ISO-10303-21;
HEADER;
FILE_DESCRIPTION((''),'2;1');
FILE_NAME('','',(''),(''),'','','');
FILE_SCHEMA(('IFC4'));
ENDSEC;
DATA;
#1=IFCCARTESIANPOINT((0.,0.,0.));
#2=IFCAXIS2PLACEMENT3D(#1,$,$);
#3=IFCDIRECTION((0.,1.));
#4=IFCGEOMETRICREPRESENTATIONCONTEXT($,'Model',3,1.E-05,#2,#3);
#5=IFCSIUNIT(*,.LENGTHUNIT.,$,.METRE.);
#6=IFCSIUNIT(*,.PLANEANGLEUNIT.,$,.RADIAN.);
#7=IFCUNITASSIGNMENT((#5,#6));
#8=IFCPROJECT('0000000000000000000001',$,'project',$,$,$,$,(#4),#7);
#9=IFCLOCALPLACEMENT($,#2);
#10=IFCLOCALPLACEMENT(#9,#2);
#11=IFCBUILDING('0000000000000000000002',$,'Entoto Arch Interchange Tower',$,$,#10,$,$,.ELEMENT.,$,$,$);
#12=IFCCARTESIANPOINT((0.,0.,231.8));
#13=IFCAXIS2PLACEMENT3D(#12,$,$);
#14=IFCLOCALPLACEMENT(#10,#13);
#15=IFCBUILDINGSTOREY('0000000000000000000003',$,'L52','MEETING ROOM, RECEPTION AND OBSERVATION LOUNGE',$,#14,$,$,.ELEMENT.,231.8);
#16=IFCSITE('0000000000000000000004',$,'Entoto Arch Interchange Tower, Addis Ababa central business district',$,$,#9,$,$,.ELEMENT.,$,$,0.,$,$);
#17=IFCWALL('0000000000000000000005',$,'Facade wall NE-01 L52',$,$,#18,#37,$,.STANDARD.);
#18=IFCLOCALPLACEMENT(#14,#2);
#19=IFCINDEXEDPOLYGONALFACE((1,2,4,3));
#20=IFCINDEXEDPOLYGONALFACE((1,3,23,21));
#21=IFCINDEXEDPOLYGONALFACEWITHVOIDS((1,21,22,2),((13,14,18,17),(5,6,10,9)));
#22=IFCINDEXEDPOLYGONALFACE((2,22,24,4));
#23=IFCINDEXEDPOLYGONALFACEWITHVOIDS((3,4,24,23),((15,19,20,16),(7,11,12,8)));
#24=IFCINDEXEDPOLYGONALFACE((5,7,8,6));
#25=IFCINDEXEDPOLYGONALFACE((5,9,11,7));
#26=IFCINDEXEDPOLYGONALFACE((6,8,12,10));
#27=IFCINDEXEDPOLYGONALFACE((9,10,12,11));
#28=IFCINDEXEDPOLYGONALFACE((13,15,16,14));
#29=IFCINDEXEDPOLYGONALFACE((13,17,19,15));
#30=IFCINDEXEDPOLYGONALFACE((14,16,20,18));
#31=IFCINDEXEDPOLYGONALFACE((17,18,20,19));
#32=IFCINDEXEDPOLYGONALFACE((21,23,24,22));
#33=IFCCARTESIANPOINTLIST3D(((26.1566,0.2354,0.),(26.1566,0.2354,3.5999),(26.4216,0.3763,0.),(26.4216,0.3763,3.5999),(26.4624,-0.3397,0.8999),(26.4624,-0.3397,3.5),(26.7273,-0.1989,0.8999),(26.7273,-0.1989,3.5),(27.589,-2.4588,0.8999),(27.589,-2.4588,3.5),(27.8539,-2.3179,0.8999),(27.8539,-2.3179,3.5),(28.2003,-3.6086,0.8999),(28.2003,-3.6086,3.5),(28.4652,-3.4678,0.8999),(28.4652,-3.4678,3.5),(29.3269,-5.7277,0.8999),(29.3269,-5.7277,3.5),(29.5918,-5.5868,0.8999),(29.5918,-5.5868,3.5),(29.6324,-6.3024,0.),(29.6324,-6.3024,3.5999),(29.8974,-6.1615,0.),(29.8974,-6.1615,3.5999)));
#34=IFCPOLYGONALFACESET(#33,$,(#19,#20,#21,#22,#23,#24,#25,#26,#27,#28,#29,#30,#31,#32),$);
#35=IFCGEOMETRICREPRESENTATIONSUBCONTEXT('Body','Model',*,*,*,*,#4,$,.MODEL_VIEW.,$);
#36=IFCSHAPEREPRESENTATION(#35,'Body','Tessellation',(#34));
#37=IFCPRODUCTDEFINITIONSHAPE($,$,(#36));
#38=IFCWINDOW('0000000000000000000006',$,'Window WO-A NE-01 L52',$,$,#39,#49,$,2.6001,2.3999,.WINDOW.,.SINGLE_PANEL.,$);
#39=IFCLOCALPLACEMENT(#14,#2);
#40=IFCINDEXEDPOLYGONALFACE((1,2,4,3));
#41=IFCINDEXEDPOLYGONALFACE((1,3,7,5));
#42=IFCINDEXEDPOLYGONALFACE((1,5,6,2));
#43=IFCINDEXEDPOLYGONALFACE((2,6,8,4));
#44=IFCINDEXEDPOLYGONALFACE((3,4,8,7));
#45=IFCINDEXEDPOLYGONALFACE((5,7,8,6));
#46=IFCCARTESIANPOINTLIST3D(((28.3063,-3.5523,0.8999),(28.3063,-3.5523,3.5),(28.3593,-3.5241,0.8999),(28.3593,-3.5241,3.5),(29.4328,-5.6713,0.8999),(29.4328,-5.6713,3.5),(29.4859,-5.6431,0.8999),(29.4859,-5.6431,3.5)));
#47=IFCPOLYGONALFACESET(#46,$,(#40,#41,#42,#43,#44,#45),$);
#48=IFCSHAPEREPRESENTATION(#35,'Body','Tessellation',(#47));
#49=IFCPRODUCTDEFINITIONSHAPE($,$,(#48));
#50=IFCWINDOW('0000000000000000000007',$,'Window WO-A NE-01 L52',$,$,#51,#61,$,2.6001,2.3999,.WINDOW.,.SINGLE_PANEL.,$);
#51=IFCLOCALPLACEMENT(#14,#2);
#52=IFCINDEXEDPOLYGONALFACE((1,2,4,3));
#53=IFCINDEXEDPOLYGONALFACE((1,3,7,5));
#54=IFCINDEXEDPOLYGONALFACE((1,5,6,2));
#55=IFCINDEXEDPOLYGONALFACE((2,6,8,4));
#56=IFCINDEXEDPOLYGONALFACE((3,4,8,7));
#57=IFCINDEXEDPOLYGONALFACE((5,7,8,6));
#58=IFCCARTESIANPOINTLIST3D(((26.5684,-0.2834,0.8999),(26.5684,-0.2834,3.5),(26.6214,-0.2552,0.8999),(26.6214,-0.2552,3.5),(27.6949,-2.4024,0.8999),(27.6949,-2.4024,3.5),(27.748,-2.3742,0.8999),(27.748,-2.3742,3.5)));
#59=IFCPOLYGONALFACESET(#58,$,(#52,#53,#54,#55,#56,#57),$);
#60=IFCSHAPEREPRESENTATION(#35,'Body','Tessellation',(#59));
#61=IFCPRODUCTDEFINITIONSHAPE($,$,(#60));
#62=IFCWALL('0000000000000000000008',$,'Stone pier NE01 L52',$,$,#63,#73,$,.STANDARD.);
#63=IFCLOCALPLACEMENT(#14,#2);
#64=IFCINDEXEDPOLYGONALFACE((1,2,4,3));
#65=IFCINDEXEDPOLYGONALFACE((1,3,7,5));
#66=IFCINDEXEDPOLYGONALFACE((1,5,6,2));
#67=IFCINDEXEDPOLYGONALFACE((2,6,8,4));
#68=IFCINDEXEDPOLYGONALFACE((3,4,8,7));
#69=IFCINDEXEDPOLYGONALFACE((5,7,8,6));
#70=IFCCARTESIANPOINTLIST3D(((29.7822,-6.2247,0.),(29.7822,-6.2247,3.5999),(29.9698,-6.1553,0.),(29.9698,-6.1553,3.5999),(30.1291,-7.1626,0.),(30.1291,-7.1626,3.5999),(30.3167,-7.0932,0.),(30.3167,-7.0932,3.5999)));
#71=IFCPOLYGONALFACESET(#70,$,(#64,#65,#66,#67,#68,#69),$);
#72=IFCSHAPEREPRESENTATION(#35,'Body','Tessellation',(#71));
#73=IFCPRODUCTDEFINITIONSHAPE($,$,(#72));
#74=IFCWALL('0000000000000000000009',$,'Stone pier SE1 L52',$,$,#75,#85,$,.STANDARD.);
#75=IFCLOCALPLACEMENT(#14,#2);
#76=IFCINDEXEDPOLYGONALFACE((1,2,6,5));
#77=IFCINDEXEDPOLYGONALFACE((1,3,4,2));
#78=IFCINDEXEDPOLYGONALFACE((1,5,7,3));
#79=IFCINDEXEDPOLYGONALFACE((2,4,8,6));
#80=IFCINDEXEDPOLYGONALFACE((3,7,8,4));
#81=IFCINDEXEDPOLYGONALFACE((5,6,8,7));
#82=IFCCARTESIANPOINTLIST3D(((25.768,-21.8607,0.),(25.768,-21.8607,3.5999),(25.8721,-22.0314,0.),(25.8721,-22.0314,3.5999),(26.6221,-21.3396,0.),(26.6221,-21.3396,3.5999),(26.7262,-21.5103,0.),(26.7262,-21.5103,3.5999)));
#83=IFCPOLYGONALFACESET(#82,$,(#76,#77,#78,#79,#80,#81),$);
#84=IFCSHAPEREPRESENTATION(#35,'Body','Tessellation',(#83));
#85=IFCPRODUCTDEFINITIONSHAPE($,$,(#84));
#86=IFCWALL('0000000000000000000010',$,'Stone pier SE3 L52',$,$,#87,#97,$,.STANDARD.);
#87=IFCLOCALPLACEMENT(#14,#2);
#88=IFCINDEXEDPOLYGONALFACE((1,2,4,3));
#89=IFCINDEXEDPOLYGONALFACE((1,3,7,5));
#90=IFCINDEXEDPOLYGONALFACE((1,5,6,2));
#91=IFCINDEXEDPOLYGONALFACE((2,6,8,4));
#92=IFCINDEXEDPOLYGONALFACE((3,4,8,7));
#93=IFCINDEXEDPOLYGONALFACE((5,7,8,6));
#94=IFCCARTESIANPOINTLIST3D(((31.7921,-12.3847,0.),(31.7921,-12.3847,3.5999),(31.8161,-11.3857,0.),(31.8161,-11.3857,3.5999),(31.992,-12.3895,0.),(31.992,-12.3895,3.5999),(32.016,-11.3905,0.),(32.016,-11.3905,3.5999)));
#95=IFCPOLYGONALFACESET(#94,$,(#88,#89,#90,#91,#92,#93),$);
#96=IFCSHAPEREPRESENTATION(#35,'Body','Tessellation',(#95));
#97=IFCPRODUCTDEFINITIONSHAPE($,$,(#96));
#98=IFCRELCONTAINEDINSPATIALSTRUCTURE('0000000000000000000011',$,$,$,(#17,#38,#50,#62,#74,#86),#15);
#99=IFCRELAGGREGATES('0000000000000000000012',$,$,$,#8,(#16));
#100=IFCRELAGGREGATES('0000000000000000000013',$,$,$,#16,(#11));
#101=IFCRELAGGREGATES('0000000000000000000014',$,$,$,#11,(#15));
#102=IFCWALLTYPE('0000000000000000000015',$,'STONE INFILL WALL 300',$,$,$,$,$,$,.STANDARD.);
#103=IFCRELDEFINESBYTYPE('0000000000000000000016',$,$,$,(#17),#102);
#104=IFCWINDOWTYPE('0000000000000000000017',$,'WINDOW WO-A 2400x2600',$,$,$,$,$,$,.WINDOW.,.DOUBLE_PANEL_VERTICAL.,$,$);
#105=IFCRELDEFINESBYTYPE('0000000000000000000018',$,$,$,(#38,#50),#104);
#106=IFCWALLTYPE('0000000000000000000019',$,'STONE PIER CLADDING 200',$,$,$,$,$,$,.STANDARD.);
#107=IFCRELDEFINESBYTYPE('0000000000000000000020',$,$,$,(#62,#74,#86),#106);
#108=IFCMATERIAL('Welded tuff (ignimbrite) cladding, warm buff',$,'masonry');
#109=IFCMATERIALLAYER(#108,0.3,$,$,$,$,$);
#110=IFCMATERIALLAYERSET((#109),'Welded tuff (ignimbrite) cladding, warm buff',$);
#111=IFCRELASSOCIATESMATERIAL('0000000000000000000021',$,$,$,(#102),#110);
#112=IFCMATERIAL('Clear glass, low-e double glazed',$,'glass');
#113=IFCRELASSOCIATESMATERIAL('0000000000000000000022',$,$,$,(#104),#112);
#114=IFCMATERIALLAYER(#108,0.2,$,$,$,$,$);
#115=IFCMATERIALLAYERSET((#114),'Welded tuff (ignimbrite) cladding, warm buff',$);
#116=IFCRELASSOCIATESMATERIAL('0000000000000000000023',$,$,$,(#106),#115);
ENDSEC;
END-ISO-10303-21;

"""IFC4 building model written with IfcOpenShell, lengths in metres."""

from ifc_helpers import new_model, si_unit, direction, frame, frame_2d, origin, place, context, subcontext, project, spatial, rectangle, extrude, material, layer, layer_set, type_object, element, fill, save


model = new_model("IFC4")

# Units and contexts
model_context = context("Model", 3, precision=1e-05, world=origin(), true_north=direction((0.0, 1.0)))
body_context = subcontext(model_context, "Body", "Model", "MODEL_VIEW")
ifc_project = project(units=[si_unit("LENGTHUNIT", "METRE"), si_unit("PLANEANGLEUNIT", "RADIAN")], contexts=[model_context])

# Site, building, storey
site_placement = place(None, origin())
site = spatial("IfcSite", under=ifc_project, at=site_placement, Name="Entoto Arch Interchange Tower, Addis Ababa central business district", CompositionType="ELEMENT", RefElevation=0.0)
building_placement = place(site_placement, origin())
building = spatial("IfcBuilding", under=site, at=building_placement, Name="Entoto Arch Interchange Tower", CompositionType="ELEMENT")
storey_placement = place(building_placement, frame((0.0, 0.0, 231.8)))
storey = spatial("IfcBuildingStorey", under=building, at=storey_placement, Name="L52", Description="MEETING ROOM, RECEPTION AND OBSERVATION LOUNGE", CompositionType="ELEMENT", Elevation=231.8)

# Shared definitions
ifc_material_1 = material(Name="Welded tuff (ignimbrite) cladding, warm buff", Category="masonry")
ifc_layer_1 = layer(ifc_material_1, 0.3)
ifc_layer_set_1 = layer_set([ifc_layer_1], Name="Welded tuff (ignimbrite) cladding, warm buff")
wall_type_1 = type_object("IfcWallType", Name="STONE INFILL WALL 300", PredefinedType="STANDARD", material=ifc_layer_set_1)
ifc_material_2 = material(Name="Clear glass, low-e double glazed", Category="glass")

# Wall, openings, windows
wall_1_placement = place(storey_placement, frame((29.7649, -6.2319, 0.0), z_axis=(0.0, 0.0, 1.0), x_axis=(-0.469429, 0.88297, 0.0)))
wall_1 = element("IfcWall", 1, at=wall_1_placement, inside=storey, type_object=wall_type_1, Name="Facade wall NE-01 L52", PredefinedType="STANDARD", context=body_context, shape_type="SweptSolid", body=[
    extrude(rectangle(XDim=7.4043, YDim=0.3, at=frame_2d((3.7021, 0.0))), origin(), (0.0, 0.0, 1.0), 3.5999),
])
opening_1_placement = place(wall_1_placement, frame((0.6509, 0.0, 0.8999)))
opening_1 = element("IfcOpeningElement", 2, at=opening_1_placement, cuts=wall_1, PredefinedType="OPENING", context=body_context, shape_type="SweptSolid", body=[
    extrude(rectangle(XDim=2.3999, YDim=2.6001, at=frame_2d((1.2, 1.3))), frame((0.0, 0.1602, 0.0), z_axis=(0.0, -1.0, 0.0), x_axis=(1.0, 0.0, 0.0)), (0.0, 0.0, 1.0), 0.3201),
])
opening_2_placement = place(wall_1_placement, frame((4.353, 0.0, 0.8999)))
opening_2 = element("IfcOpeningElement", 3, at=opening_2_placement, cuts=wall_1, PredefinedType="OPENING", context=body_context, shape_type="SweptSolid", body=[
    extrude(rectangle(XDim=2.3999, YDim=2.6001, at=frame_2d((1.2, 1.3))), frame((0.0, 0.1602, 0.0), z_axis=(0.0, -1.0, 0.0), x_axis=(1.0, 0.0, 0.0)), (0.0, 0.0, 1.0), 0.3201),
])
window_type_1 = type_object("IfcWindowType", Name="WINDOW WO-A 2400x2600", PartitioningType="DOUBLE_PANEL_VERTICAL", PredefinedType="WINDOW", material=ifc_material_2)
window_1_placement = place(opening_1_placement, origin())
window_1 = element("IfcWindow", 4, at=window_1_placement, inside=storey, type_object=window_type_1, Name="Window WO-A NE-01 L52", OverallHeight=2.6001, OverallWidth=2.3999, PartitioningType="SINGLE_PANEL", PredefinedType="WINDOW", context=body_context, shape_type="SweptSolid", body=[
    extrude(rectangle(XDim=2.3999, YDim=2.6001, at=frame_2d((1.2, 1.3))), frame((0.0, 0.03, 0.0), z_axis=(0.0, -1.0, 0.0), x_axis=(1.0, 0.0, 0.0)), (0.0, 0.0, 1.0), 0.0601),
])
fill(opening_1, window_1)
window_2_placement = place(opening_2_placement, origin())
window_2 = element("IfcWindow", 5, at=window_2_placement, inside=storey, type_object=window_type_1, Name="Window WO-A NE-01 L52", OverallHeight=2.6001, OverallWidth=2.3999, PartitioningType="SINGLE_PANEL", PredefinedType="WINDOW", context=body_context, shape_type="SweptSolid", body=[
    extrude(rectangle(XDim=2.3999, YDim=2.6001, at=frame_2d((1.2, 1.3))), frame((0.0, 0.03, 0.0), z_axis=(0.0, -1.0, 0.0), x_axis=(1.0, 0.0, 0.0)), (0.0, 0.0, 1.0), 0.0601),
])
fill(opening_2, window_2)

# Walls
ifc_layer_2 = layer(ifc_material_1, 0.2)
ifc_layer_set_2 = layer_set([ifc_layer_2], Name="Welded tuff (ignimbrite) cladding, warm buff")
wall_type_2 = type_object("IfcWallType", Name="STONE PIER CLADDING 200", PredefinedType="STANDARD", material=ifc_layer_set_2)
wall_2_placement = place(storey_placement, frame((30.2229, -7.1279, 0.0), z_axis=(0.0, 0.0, 1.0), x_axis=(-0.346893, 0.937905, 0.0)))
element("IfcWall", 6, at=wall_2_placement, inside=storey, type_object=wall_type_2, Name="Stone pier NE01 L52", PredefinedType="STANDARD", context=body_context, shape_type="SweptSolid", body=[
    extrude(rectangle(XDim=1.0, YDim=0.2, at=frame_2d((0.5, 0.0))), origin(), (0.0, 0.0, 1.0), 3.5999),
])
wall_3_placement = place(storey_placement, frame((25.8201, -21.946, 0.0), z_axis=(0.0, 0.0, 1.0), x_axis=(0.85368, 0.520798, 0.0)))
element("IfcWall", 7, at=wall_3_placement, inside=storey, type_object=wall_type_2, Name="Stone pier SE1 L52", PredefinedType="STANDARD", context=body_context, shape_type="SweptSolid", body=[
    extrude(rectangle(XDim=1.0005, YDim=0.2, at=frame_2d((0.5002, 0.0))), origin(), (0.0, 0.0, 1.0), 3.5999),
])
wall_4_placement = place(storey_placement, frame((31.8921, -12.387, 0.0), z_axis=(0.0, 0.0, 1.0), x_axis=(0.023942, 0.999713, 0.0)))
element("IfcWall", 8, at=wall_4_placement, inside=storey, type_object=wall_type_2, Name="Stone pier SE3 L52", PredefinedType="STANDARD", context=body_context, shape_type="SweptSolid", body=[
    extrude(rectangle(XDim=0.9993, YDim=0.2, at=frame_2d((0.4995, 0.0))), origin(), (0.0, 0.0, 1.0), 3.5999),
])

save(model, "model.ifc")
